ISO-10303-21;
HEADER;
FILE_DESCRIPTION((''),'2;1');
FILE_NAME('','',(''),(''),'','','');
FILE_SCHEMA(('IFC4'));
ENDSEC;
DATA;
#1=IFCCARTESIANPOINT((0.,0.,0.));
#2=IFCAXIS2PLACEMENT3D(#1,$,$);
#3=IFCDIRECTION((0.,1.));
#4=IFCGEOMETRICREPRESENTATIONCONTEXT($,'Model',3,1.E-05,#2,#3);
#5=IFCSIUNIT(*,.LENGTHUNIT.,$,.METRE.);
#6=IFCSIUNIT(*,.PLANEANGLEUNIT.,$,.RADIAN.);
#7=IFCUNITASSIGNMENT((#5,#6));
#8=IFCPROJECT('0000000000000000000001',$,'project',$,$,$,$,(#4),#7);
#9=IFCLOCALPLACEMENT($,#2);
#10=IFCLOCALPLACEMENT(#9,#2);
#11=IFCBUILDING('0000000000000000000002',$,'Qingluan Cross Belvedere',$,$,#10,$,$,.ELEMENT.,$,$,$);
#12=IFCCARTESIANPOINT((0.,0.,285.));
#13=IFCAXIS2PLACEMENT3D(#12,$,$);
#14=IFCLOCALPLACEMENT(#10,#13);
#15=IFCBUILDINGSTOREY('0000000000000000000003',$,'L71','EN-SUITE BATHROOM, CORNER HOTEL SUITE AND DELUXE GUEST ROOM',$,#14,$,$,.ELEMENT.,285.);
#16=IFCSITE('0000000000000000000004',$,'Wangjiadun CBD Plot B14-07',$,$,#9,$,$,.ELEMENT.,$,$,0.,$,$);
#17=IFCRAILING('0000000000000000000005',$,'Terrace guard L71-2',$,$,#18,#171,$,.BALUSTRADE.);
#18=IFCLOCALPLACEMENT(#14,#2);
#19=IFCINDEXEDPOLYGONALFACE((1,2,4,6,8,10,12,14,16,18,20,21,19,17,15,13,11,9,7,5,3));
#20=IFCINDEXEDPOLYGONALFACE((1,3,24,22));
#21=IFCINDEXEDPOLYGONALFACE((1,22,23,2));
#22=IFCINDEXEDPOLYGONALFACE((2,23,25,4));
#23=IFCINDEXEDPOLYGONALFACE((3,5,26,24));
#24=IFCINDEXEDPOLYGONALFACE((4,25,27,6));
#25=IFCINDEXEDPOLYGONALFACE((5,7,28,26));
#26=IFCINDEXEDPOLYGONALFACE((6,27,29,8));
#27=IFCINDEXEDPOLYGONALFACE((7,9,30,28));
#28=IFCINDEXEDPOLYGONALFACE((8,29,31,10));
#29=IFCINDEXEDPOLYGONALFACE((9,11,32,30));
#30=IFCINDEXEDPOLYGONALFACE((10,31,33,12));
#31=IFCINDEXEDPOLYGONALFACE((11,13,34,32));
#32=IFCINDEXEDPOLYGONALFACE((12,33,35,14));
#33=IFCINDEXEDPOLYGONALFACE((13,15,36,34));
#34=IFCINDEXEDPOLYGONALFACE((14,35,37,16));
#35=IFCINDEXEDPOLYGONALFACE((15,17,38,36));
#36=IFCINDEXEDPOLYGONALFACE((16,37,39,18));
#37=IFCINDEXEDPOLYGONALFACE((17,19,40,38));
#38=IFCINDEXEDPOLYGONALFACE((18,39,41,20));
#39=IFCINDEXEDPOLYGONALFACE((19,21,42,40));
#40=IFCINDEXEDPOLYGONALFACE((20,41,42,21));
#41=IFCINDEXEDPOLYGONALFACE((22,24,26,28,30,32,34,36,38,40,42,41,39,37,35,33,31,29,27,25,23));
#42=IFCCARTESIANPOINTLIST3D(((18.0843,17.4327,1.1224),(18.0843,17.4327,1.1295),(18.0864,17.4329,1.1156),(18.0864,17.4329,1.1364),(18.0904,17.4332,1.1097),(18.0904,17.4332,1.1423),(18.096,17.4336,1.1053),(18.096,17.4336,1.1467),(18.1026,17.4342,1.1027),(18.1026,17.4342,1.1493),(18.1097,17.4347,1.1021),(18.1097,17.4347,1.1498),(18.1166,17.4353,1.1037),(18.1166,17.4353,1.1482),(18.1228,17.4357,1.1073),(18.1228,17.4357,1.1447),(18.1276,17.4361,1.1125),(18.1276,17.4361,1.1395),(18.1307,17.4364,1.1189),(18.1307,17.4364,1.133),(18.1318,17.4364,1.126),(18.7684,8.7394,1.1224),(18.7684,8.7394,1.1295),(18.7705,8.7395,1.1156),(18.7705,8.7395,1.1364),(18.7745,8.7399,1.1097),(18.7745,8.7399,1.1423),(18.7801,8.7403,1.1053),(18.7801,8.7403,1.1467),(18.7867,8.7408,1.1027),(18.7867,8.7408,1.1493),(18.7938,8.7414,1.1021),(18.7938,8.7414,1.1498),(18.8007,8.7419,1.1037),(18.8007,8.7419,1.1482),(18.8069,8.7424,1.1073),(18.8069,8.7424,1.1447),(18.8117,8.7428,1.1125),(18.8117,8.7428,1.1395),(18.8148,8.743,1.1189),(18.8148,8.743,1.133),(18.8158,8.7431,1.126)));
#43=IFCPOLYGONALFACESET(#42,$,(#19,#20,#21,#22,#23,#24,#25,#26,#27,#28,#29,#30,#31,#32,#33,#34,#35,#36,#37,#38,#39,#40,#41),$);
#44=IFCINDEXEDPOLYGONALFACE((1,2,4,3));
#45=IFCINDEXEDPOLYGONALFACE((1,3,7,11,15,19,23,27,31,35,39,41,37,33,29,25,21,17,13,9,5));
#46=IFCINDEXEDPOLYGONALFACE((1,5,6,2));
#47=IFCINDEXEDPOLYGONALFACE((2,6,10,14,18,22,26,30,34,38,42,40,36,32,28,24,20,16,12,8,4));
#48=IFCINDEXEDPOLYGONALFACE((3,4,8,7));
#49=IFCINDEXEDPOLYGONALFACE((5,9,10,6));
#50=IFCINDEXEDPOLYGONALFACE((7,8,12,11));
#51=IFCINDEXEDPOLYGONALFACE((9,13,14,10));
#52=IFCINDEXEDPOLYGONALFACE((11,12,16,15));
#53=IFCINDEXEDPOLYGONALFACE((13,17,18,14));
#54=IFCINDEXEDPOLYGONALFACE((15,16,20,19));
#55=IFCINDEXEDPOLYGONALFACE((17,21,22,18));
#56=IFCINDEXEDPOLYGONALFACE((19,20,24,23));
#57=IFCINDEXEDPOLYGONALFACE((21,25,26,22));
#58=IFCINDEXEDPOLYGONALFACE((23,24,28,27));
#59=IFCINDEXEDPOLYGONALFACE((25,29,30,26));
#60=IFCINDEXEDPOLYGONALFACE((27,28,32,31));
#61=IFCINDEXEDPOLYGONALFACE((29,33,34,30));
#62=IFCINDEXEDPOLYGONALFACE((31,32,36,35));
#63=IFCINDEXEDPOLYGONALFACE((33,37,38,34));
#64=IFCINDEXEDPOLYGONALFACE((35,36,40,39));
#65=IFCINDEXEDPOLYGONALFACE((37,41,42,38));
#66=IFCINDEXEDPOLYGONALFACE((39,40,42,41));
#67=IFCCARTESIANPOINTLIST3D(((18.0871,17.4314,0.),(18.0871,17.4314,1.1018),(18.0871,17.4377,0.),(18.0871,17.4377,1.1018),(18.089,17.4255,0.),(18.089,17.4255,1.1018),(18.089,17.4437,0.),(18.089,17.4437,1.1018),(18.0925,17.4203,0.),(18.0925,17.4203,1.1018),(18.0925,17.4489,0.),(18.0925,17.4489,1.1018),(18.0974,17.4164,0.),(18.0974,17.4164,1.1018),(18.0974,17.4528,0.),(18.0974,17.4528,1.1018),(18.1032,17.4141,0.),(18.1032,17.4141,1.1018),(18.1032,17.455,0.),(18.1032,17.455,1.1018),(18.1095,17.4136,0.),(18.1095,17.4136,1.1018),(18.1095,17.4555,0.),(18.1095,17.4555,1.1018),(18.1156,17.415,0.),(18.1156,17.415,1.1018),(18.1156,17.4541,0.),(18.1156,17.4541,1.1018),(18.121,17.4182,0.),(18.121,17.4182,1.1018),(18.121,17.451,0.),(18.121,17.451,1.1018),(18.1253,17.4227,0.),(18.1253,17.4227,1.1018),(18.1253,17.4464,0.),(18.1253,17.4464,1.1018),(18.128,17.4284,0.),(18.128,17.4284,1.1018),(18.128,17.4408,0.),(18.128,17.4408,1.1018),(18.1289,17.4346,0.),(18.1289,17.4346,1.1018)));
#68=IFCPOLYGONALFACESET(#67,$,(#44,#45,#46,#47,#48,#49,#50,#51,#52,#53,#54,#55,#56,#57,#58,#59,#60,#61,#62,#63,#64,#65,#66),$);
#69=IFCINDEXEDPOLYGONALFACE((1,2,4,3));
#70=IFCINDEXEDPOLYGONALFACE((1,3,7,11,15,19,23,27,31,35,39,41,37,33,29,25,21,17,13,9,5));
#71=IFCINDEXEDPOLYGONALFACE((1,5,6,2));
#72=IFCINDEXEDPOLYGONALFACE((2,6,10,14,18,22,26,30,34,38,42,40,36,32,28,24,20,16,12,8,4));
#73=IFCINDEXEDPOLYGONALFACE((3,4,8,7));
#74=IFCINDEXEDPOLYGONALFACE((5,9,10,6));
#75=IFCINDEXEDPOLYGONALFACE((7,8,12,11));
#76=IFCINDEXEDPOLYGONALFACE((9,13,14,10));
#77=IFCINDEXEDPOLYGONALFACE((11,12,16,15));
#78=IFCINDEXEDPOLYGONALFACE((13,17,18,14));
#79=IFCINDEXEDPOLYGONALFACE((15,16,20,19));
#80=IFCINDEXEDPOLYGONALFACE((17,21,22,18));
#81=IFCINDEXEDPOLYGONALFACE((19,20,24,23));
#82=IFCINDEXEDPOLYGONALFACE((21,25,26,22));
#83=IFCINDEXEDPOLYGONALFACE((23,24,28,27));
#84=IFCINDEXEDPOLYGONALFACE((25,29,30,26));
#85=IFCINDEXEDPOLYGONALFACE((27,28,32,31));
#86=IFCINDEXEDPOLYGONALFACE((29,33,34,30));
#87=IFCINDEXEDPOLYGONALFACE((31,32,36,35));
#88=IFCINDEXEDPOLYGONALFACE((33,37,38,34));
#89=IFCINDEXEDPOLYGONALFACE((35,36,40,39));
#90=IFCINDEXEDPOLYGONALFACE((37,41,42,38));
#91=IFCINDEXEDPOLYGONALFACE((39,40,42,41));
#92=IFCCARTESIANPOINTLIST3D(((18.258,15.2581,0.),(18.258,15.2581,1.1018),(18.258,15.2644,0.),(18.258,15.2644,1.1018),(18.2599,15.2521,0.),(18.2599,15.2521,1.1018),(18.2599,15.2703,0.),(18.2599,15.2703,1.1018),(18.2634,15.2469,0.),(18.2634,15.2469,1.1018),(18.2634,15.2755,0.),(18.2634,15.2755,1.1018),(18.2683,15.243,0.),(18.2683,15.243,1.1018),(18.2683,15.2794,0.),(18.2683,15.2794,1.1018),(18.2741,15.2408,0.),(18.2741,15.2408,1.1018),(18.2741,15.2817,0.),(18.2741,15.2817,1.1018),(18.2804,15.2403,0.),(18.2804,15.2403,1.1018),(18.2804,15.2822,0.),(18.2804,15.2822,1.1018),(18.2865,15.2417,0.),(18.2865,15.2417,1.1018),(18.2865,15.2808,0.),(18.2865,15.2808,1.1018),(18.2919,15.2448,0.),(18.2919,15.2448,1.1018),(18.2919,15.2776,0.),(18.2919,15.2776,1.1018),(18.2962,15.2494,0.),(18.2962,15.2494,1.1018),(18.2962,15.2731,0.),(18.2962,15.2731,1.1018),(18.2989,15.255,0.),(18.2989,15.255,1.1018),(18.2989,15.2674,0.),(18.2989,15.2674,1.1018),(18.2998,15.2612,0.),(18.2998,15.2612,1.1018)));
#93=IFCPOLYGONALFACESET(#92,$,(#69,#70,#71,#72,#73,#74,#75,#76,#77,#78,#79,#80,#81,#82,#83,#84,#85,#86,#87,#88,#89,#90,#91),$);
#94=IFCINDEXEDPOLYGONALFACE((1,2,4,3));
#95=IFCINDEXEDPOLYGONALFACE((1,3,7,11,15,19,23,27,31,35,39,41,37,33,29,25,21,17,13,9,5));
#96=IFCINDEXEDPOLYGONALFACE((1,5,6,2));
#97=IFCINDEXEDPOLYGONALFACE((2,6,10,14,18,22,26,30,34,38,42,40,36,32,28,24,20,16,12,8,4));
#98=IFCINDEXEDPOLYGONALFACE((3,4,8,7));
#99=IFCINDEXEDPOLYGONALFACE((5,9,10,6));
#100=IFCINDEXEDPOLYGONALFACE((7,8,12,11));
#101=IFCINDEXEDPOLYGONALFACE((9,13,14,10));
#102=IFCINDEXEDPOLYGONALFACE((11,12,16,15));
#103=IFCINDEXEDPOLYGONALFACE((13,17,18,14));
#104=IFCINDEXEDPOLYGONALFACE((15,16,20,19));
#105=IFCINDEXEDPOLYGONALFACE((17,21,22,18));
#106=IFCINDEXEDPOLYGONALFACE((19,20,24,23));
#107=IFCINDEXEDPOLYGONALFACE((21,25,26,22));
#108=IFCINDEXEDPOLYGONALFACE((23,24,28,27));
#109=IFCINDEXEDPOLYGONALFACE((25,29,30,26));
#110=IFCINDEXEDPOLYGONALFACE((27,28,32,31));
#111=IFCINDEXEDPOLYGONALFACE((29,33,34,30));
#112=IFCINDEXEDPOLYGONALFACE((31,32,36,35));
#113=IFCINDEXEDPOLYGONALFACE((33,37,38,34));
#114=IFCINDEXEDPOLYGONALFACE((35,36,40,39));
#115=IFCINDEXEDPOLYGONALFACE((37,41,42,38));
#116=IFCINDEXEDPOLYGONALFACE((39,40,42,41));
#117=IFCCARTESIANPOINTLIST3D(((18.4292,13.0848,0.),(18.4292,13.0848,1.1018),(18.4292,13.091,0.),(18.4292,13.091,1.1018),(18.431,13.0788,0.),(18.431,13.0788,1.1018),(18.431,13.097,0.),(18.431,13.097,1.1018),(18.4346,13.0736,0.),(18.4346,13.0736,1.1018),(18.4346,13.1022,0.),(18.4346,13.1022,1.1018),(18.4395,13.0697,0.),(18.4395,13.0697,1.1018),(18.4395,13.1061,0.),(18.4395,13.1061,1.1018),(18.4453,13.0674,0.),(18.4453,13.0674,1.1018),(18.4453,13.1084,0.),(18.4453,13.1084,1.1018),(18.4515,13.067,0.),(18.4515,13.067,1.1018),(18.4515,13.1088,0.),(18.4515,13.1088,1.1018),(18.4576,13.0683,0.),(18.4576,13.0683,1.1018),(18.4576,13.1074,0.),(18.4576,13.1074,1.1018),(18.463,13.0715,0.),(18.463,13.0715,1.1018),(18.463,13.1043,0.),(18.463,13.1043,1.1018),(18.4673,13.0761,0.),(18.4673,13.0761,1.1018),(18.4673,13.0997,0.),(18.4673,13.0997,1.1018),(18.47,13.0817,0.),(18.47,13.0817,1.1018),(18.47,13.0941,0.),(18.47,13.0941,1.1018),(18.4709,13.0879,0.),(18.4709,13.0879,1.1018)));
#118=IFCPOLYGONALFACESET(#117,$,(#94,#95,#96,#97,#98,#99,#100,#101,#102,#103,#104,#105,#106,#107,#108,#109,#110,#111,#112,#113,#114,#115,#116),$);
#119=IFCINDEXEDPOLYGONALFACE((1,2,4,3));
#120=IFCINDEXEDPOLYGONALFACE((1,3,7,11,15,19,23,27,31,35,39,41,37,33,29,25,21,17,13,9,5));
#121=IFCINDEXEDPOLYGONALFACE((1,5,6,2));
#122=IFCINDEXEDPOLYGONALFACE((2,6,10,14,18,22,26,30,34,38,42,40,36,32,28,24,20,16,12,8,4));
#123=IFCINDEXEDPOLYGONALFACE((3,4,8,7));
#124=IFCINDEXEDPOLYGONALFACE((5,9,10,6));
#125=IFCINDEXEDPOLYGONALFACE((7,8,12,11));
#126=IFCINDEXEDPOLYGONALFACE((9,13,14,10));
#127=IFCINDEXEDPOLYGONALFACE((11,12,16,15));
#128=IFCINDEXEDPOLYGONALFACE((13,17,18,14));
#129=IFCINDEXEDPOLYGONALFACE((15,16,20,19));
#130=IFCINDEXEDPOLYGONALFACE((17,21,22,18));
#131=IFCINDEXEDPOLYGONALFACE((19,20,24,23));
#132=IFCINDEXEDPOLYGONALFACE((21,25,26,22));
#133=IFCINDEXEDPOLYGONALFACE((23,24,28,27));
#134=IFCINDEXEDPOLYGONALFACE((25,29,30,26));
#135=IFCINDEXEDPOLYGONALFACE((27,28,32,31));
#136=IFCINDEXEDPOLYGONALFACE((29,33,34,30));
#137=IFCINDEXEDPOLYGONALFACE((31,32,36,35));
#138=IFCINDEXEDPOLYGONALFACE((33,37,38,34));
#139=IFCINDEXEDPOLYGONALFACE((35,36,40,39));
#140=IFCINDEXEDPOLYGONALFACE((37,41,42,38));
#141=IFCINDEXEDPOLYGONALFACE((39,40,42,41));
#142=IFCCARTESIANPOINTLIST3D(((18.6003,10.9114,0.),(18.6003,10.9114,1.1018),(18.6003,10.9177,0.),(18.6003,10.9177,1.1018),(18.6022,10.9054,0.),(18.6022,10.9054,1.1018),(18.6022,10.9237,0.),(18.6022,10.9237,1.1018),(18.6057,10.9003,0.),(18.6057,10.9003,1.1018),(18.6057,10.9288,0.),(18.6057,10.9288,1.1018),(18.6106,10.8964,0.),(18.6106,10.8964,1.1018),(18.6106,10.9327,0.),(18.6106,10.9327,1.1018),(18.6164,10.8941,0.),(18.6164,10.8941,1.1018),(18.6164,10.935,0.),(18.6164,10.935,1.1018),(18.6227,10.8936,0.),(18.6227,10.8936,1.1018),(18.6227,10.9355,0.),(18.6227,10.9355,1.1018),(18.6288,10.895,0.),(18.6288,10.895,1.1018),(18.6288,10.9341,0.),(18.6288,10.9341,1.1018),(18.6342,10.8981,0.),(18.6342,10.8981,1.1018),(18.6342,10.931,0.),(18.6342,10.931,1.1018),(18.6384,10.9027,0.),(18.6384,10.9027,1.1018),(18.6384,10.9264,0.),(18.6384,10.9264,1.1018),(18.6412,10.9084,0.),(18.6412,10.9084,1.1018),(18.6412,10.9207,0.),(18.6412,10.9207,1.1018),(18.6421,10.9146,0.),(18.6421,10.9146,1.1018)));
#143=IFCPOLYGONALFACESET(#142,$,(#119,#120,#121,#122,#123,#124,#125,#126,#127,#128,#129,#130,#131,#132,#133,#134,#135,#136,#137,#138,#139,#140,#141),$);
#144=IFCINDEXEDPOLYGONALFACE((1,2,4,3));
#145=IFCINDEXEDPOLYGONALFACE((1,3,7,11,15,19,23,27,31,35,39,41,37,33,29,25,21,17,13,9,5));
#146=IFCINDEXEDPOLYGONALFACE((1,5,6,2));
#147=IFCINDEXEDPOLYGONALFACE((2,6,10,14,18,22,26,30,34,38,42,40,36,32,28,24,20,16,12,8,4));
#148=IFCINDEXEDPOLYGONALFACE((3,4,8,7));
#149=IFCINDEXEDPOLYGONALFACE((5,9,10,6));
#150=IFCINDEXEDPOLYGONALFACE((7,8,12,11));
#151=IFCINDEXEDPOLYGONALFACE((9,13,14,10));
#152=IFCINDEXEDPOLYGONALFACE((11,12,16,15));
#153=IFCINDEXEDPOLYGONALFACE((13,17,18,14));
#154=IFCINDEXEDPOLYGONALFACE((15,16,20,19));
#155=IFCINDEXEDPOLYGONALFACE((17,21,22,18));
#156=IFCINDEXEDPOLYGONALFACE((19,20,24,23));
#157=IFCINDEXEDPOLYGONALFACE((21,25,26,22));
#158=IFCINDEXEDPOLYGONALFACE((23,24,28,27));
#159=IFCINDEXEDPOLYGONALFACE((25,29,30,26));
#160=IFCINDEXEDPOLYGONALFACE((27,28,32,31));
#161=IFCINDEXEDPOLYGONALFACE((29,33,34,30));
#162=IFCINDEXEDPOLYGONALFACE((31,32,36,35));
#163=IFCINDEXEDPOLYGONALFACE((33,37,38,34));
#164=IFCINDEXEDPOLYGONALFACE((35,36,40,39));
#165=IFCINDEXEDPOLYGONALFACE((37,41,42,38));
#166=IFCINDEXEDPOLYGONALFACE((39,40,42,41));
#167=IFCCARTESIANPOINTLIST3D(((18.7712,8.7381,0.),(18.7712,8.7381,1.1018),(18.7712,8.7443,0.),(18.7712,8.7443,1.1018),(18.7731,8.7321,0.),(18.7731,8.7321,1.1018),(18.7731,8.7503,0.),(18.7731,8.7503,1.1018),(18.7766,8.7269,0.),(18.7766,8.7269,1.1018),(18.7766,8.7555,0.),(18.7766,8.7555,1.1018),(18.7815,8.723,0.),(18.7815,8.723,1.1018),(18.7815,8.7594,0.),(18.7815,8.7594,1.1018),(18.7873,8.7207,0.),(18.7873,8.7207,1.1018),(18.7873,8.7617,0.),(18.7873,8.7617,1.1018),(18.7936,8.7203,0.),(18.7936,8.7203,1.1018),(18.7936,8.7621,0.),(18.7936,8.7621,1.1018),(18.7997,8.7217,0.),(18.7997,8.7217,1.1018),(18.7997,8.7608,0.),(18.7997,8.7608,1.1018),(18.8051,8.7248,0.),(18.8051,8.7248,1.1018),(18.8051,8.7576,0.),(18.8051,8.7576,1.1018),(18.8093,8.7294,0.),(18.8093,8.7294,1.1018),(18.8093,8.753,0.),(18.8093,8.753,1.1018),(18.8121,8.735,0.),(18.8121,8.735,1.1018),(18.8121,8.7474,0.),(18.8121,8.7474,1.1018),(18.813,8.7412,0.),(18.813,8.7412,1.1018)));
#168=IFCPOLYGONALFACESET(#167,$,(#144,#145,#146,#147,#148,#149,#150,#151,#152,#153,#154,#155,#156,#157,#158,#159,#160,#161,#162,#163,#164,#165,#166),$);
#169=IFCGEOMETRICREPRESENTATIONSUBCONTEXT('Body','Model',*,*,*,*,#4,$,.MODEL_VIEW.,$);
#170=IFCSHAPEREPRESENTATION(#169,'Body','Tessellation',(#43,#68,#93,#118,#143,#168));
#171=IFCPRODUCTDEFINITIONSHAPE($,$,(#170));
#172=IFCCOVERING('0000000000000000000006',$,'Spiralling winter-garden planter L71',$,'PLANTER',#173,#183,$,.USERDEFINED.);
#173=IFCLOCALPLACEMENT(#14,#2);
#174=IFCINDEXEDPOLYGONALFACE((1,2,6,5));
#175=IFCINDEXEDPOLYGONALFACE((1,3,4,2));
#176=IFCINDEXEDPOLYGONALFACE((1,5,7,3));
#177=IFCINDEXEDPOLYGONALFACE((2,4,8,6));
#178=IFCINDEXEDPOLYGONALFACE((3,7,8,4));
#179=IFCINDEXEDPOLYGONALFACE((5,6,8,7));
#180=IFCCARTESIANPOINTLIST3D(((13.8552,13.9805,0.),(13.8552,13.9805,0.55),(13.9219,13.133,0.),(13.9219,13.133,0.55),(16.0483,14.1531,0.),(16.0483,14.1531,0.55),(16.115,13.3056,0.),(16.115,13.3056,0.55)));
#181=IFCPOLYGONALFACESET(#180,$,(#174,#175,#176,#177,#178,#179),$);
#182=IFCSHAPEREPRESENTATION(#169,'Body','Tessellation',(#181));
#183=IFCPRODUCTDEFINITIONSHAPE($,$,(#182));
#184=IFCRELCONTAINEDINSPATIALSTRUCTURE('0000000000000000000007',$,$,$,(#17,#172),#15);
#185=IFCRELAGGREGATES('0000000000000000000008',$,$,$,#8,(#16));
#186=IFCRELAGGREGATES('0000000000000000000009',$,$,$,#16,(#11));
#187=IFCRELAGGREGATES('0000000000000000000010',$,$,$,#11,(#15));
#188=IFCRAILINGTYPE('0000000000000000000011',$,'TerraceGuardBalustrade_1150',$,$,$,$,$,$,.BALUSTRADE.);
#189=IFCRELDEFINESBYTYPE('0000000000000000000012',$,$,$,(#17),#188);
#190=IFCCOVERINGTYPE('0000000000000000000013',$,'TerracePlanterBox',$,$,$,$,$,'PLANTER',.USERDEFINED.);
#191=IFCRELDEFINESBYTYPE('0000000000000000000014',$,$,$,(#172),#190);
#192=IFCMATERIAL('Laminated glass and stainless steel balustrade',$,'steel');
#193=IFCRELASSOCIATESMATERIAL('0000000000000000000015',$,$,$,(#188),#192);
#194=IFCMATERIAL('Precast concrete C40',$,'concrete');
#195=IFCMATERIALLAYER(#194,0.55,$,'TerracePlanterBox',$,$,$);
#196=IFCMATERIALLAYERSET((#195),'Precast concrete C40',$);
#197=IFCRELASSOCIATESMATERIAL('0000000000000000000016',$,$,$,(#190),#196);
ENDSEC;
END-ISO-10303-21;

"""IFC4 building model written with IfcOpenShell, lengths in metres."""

from ifc_helpers import new_model, si_unit, direction, frame, origin, origin_2d, place, context, subcontext, project, spatial, rectangle, circle, extrude, material, layer, layer_set, type_object, element, save


model = new_model("IFC4")

# Units and contexts
model_context = context("Model", 3, precision=1e-05, world=origin(), true_north=direction((0.0, 1.0)))
body_context = subcontext(model_context, "Body", "Model", "MODEL_VIEW")
ifc_project = project(units=[si_unit("LENGTHUNIT", "METRE"), si_unit("PLANEANGLEUNIT", "RADIAN")], contexts=[model_context])

# Site, building, storey
site_placement = place(None, origin())
site = spatial("IfcSite", under=ifc_project, at=site_placement, Name="Wangjiadun CBD Plot B14-07", CompositionType="ELEMENT", RefElevation=0.0)
building_placement = place(site_placement, origin())
building = spatial("IfcBuilding", under=site, at=building_placement, Name="Qingluan Cross Belvedere", CompositionType="ELEMENT")
storey_placement = place(building_placement, frame((0.0, 0.0, 285.0)))
storey = spatial("IfcBuildingStorey", under=building, at=storey_placement, Name="L71", Description="EN-SUITE BATHROOM, CORNER HOTEL SUITE AND DELUXE GUEST ROOM", CompositionType="ELEMENT", Elevation=285.0)

# Railing
ifc_material_1 = material(Name="Laminated glass and stainless steel balustrade", Category="steel")
railing_type = type_object("IfcRailingType", Name="TerraceGuardBalustrade_1150", PredefinedType="BALUSTRADE", material=ifc_material_1)
railing_1_placement = place(storey_placement, frame((18.1079, 17.4346, 0.0)))
element("IfcRailing", 1, at=railing_1_placement, inside=storey, type_object=railing_type, Name="Terrace guard L71-2", PredefinedType="BALUSTRADE", context=body_context, shape_type="SweptSolid", body=[
    extrude(circle(Radius=0.0239, at=origin_2d()), frame((0.0, 0.0, 1.126), z_axis=(0.078448, -0.996918, 0.0), x_axis=(0.996918, 0.078448, 0.0)), (0.0, 0.0, 1.0), 8.7202),
    extrude(circle(Radius=0.021, at=origin_2d()), origin(), (0.0, 0.0, 1.0), 1.1018),
    extrude(circle(Radius=0.021, at=origin_2d()), frame((0.1709, -2.1733, 0.0)), (0.0, 0.0, 1.0), 1.1018),
    extrude(circle(Radius=0.021, at=origin_2d()), frame((0.342, -4.3467, 0.0)), (0.0, 0.0, 1.0), 1.1018),
    extrude(circle(Radius=0.021, at=origin_2d()), frame((0.5132, -6.52, 0.0)), (0.0, 0.0, 1.0), 1.1018),
    extrude(circle(Radius=0.021, at=origin_2d()), frame((0.6841, -8.6934, 0.0)), (0.0, 0.0, 1.0), 1.1018),
])

# Covering
ifc_material_2 = material(Name="Precast concrete C40", Category="concrete")
ifc_layer_1 = layer(ifc_material_2, 0.55, Name="TerracePlanterBox")
ifc_layer_set_1 = layer_set([ifc_layer_1], Name="Precast concrete C40")
covering_type_1 = type_object("IfcCoveringType", Name="TerracePlanterBox", ElementType="PLANTER", PredefinedType="USERDEFINED", material=ifc_layer_set_1)
covering_placement = place(storey_placement, frame((14.9851, 13.6431, 0.0), z_axis=(0.0, 0.0, 1.0), x_axis=(0.996917, 0.078459, 0.0)))
element("IfcCovering", 2, at=covering_placement, inside=storey, type_object=covering_type_1, Name="Spiralling winter-garden planter L71", ObjectType="PLANTER", PredefinedType="USERDEFINED", context=body_context, shape_type="SweptSolid", body=[
    extrude(rectangle(XDim=2.2, YDim=0.8501, at=origin_2d()), origin(), (0.0, 0.0, 1.0), 0.55),
])

save(model, "model.ifc")
